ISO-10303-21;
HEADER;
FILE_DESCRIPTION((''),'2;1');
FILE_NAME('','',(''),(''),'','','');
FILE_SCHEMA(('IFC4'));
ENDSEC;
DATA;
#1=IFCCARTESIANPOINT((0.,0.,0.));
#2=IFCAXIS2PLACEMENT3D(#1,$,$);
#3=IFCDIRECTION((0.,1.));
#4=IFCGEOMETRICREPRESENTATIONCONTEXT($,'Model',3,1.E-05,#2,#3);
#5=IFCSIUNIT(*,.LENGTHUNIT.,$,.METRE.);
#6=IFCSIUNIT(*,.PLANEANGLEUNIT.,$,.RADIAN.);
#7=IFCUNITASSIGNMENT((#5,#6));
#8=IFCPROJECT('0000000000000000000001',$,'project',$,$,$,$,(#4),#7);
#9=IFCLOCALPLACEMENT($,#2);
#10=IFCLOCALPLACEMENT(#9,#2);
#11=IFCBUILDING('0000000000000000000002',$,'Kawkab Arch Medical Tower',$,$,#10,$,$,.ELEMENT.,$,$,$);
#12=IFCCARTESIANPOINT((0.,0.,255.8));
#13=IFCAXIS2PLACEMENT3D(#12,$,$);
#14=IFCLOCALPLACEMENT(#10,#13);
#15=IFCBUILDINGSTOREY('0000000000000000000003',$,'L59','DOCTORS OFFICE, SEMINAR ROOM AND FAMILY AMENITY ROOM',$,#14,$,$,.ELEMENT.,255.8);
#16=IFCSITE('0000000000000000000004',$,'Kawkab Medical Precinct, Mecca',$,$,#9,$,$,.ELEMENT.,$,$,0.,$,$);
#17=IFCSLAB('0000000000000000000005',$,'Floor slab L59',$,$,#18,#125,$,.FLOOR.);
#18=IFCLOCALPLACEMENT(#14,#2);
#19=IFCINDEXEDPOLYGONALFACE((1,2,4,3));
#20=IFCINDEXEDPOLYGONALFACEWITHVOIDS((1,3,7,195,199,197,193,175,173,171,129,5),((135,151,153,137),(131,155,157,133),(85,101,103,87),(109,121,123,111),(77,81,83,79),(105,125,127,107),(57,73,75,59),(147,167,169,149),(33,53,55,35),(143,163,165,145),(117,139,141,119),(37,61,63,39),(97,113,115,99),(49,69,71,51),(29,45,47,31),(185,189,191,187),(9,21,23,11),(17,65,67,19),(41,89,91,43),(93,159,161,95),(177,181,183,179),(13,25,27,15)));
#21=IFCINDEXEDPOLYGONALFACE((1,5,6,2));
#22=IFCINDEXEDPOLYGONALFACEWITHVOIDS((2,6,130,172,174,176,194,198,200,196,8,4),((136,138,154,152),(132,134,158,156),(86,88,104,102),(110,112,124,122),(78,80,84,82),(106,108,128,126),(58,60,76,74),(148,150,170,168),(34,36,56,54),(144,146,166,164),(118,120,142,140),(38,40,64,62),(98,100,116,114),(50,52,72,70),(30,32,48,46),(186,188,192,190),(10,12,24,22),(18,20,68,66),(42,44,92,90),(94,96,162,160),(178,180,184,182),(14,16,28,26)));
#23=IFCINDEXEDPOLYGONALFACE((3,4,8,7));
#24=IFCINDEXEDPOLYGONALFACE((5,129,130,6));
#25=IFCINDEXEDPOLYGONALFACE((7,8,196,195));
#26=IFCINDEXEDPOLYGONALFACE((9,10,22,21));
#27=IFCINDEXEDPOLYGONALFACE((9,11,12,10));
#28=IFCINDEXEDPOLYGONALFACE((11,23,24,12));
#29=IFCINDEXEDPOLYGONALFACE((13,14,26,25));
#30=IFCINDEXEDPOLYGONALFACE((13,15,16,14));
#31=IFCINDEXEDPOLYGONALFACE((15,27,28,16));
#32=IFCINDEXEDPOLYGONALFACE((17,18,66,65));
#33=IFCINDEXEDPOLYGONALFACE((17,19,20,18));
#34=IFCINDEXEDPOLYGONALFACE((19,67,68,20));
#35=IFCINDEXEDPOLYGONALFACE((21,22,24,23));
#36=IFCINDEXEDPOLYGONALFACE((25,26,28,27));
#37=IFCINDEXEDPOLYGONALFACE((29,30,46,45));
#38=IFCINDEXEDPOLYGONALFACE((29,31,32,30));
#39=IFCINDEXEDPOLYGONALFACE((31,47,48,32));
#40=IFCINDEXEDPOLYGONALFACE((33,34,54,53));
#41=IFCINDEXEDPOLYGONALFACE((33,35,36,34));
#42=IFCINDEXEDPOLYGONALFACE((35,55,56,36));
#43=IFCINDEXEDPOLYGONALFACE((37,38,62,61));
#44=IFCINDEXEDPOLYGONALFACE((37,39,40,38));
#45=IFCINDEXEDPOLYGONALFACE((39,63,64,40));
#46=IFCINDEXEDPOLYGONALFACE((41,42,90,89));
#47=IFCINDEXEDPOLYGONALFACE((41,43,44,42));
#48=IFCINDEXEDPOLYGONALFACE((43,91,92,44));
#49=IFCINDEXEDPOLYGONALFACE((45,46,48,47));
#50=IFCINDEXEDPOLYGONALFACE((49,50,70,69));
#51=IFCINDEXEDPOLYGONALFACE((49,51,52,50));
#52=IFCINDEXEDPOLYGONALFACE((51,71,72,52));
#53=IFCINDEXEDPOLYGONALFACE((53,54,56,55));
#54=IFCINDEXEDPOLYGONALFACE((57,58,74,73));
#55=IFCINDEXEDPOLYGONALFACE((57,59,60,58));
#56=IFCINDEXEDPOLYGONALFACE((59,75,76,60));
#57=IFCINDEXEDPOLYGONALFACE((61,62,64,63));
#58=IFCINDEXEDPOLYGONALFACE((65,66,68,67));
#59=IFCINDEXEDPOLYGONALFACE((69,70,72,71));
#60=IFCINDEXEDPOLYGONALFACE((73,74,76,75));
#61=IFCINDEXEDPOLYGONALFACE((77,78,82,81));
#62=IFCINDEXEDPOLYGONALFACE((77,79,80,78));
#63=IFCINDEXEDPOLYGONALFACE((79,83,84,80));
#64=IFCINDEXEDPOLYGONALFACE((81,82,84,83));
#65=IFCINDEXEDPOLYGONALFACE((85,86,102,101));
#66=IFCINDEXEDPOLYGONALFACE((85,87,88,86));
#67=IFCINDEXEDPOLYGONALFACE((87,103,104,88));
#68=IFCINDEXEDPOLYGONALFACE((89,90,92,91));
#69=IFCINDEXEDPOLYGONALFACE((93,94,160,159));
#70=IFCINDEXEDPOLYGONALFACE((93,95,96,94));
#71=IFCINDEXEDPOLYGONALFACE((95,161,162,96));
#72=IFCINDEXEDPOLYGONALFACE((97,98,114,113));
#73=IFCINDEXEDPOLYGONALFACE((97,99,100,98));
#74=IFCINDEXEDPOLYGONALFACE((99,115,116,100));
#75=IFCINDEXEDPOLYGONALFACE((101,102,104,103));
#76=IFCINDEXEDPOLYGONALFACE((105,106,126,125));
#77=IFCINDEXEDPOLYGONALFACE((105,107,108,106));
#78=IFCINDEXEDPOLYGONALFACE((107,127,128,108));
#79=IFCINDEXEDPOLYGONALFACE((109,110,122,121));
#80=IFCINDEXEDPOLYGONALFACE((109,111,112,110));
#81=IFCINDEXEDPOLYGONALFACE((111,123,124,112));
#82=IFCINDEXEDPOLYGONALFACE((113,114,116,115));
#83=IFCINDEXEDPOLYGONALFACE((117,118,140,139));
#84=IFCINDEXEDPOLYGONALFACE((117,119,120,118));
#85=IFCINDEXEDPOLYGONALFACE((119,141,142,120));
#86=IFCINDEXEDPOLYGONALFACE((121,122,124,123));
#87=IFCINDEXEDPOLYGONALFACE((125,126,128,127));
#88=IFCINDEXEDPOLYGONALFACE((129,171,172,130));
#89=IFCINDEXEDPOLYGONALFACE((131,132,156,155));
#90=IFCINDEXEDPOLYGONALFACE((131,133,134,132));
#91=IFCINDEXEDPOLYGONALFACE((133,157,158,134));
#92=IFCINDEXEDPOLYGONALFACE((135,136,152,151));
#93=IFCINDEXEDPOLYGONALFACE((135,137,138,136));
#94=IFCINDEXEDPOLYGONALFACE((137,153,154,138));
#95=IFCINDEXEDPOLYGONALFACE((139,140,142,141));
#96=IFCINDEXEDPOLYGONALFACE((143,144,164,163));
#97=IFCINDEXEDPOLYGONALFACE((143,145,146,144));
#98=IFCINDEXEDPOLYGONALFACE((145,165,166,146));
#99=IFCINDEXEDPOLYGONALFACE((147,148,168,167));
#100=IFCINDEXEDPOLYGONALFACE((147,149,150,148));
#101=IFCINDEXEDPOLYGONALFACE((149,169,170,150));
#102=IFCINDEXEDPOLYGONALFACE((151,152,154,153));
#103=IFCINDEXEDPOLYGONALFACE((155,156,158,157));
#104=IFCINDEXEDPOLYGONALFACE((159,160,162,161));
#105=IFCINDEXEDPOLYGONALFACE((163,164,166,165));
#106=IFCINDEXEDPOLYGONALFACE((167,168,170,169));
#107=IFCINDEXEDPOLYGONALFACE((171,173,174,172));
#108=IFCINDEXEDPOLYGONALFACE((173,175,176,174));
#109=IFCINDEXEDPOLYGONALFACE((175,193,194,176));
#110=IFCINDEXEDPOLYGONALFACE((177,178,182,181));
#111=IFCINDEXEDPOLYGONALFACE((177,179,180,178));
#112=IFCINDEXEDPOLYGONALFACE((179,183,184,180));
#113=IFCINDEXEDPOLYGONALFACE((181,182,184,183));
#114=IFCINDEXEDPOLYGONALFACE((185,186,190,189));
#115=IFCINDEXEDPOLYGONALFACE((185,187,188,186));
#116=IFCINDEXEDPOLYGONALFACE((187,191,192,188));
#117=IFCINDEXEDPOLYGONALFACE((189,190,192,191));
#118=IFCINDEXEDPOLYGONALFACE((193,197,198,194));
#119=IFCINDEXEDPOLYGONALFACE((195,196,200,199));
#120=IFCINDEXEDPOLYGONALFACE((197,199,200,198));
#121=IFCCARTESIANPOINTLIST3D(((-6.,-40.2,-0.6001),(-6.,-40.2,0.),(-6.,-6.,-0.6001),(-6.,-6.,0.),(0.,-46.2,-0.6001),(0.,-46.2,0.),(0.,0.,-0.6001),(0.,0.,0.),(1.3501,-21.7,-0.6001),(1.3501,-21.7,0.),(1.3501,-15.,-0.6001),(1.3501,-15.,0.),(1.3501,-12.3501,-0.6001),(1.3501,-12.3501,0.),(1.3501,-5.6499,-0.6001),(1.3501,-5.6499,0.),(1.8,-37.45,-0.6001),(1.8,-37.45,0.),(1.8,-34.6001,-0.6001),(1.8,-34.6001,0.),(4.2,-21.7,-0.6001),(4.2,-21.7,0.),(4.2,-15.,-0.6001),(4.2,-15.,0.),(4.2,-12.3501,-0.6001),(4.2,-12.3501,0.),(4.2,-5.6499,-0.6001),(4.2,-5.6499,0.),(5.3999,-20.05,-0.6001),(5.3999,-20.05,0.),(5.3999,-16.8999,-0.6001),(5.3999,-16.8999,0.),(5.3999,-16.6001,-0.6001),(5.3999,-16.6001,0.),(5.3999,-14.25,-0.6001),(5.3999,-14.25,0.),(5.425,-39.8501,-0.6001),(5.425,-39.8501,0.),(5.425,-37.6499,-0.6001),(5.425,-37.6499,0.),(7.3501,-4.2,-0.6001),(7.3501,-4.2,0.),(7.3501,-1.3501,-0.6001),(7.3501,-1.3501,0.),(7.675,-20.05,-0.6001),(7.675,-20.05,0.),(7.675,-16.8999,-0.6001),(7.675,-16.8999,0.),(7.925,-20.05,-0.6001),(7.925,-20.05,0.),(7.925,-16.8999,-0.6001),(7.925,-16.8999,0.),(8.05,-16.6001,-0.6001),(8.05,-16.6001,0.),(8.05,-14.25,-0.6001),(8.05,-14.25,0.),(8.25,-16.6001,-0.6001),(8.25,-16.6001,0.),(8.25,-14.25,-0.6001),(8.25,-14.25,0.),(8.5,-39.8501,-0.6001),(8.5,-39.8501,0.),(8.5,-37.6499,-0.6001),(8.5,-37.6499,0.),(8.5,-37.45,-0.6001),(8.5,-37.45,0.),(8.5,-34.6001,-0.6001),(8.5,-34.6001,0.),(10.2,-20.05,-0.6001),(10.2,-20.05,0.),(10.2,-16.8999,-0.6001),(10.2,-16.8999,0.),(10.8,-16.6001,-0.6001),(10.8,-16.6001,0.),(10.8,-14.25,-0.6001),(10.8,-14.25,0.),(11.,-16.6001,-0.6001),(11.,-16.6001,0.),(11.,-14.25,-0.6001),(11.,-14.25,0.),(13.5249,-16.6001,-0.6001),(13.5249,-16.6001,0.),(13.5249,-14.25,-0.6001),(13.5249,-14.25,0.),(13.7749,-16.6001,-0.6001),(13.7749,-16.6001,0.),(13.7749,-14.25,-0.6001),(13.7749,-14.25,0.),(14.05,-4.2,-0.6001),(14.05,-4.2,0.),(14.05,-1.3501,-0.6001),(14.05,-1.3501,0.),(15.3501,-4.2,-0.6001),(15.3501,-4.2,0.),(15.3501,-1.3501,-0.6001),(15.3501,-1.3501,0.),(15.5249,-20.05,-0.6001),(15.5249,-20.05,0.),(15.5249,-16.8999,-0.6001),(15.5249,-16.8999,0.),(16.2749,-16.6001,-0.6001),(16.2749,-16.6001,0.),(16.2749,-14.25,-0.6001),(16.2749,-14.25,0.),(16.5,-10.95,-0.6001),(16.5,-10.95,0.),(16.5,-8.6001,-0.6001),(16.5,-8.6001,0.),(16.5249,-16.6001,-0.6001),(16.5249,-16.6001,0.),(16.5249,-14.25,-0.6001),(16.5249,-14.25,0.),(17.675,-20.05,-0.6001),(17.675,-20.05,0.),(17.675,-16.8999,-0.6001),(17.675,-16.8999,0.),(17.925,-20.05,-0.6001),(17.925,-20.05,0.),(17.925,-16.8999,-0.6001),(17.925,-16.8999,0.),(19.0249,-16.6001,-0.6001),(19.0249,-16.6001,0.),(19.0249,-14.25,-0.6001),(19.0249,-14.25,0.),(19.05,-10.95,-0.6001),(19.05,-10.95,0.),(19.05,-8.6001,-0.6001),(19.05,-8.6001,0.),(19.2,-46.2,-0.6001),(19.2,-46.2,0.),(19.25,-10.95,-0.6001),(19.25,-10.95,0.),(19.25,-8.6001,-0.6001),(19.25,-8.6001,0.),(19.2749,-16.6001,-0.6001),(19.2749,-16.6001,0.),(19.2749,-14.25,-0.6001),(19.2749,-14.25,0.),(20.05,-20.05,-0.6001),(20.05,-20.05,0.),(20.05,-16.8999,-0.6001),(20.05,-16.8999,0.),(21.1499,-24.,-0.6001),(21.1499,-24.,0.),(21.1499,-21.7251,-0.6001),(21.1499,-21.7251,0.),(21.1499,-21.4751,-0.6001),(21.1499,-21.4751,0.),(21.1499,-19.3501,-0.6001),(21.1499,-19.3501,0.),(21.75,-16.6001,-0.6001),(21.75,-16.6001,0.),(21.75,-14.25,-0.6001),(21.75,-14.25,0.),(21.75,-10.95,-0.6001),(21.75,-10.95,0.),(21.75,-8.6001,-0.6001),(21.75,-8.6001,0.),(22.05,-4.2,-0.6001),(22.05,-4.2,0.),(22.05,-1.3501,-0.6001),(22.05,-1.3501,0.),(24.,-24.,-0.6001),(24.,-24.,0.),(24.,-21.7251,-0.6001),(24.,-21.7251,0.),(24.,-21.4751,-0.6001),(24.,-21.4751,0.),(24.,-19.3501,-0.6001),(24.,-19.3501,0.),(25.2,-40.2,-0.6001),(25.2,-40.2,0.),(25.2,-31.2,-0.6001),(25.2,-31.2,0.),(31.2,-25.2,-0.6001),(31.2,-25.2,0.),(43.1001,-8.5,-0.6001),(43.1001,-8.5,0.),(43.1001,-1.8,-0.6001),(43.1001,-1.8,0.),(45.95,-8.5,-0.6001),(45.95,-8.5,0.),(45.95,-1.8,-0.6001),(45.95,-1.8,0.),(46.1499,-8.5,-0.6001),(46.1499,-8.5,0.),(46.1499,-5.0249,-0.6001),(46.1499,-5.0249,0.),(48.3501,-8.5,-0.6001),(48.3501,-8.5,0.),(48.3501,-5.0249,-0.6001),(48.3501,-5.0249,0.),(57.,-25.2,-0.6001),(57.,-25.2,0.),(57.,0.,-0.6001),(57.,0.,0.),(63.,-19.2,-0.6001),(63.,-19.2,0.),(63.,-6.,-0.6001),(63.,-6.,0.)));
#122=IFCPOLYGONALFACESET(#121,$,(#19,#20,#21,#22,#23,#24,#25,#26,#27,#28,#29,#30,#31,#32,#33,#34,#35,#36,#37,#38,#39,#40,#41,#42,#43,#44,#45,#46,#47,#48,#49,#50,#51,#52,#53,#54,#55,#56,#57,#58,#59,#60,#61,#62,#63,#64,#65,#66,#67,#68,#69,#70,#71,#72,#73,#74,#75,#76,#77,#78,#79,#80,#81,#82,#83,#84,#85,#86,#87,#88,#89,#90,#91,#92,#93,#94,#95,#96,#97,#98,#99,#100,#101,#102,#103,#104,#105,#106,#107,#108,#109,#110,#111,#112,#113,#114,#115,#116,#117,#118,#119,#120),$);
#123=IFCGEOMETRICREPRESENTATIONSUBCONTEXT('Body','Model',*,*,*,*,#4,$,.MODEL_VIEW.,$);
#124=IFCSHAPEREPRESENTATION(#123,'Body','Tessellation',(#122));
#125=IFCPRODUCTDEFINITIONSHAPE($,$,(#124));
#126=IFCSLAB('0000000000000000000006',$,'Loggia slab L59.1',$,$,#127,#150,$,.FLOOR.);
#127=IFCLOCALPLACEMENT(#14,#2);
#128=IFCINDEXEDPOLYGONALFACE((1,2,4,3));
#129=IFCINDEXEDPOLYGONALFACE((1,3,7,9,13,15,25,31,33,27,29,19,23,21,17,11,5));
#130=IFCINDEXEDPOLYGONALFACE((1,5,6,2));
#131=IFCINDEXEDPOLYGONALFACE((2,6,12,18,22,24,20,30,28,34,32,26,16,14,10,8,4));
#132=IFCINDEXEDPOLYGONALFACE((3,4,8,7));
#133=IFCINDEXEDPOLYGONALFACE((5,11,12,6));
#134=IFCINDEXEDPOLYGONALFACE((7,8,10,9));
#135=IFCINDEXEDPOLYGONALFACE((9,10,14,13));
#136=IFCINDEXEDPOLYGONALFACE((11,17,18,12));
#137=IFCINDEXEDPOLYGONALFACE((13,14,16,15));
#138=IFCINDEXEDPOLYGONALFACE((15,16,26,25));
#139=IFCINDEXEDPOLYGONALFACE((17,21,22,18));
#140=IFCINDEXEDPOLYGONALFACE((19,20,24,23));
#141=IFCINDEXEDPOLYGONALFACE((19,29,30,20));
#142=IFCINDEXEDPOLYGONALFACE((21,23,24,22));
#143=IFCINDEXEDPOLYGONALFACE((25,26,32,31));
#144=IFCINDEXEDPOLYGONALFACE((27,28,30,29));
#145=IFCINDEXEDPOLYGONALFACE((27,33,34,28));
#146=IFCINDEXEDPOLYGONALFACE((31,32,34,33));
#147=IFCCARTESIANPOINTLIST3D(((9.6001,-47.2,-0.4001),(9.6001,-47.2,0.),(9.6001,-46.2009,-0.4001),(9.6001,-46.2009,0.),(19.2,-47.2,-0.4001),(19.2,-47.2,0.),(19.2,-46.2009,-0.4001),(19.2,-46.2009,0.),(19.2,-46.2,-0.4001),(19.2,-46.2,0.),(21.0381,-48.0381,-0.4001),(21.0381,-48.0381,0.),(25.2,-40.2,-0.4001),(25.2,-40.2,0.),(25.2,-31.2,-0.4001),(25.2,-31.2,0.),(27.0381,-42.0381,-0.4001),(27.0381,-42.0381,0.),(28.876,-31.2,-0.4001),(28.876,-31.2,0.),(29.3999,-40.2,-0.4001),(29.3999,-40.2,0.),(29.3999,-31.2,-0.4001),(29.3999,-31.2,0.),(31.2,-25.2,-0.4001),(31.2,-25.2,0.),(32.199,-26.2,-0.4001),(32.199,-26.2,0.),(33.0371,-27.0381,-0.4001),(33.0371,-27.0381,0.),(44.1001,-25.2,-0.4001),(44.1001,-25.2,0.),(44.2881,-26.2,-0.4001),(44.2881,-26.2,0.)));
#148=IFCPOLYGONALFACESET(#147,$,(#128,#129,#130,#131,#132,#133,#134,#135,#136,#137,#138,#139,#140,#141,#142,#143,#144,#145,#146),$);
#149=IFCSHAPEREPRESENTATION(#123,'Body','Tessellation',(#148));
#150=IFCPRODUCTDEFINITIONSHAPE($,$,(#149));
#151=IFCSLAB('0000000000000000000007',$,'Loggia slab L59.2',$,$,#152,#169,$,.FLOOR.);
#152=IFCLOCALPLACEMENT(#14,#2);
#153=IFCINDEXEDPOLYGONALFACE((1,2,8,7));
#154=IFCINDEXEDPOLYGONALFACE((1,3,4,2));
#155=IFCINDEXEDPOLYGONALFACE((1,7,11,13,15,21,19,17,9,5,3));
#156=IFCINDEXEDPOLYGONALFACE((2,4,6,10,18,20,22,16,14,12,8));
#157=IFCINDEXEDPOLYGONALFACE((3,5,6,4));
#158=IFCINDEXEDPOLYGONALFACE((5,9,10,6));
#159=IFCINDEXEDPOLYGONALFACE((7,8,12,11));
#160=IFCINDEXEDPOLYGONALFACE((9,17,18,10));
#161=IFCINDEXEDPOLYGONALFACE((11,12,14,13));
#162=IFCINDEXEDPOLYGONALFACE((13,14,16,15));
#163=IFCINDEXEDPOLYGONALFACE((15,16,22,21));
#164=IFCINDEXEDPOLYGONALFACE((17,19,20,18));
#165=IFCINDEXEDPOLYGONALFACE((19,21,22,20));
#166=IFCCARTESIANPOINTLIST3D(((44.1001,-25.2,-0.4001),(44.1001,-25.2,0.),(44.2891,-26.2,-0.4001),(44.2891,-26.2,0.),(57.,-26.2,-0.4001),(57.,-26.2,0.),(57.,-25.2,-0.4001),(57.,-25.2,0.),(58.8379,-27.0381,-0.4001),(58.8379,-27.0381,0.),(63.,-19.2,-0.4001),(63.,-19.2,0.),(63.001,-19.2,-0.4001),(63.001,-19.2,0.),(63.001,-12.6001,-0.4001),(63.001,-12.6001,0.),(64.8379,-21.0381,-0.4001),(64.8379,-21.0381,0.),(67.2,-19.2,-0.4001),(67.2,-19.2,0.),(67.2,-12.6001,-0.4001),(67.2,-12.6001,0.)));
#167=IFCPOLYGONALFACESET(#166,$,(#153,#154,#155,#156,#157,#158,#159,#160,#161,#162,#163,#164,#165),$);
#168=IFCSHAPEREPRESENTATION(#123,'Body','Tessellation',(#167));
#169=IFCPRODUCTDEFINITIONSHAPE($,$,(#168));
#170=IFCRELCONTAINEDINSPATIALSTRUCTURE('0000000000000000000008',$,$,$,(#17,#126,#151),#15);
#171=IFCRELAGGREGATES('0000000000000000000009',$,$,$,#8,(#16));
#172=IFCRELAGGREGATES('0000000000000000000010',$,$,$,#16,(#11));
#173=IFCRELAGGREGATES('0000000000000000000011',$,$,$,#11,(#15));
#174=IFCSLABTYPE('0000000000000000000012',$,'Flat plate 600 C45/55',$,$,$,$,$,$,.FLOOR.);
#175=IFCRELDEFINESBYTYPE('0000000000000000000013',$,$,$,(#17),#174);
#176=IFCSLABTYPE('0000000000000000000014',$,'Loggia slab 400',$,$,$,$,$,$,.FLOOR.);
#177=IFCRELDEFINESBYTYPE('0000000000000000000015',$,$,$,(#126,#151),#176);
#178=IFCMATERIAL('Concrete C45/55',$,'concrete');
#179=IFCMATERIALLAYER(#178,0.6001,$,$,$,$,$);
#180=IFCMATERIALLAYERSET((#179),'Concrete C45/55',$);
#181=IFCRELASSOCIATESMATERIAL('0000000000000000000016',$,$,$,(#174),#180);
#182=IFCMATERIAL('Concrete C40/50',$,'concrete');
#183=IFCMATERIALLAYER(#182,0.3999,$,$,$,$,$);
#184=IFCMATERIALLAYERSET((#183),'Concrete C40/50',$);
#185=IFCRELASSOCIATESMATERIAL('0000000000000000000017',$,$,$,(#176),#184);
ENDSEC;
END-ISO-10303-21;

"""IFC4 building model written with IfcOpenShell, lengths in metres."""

from ifc_helpers import new_model, si_unit, direction, frame, origin, place, context, subcontext, project, spatial, polyline, outline, extrude, material, layer, layer_set, type_object, element, save


model = new_model("IFC4")

# Units and contexts
model_context = context("Model", 3, precision=1e-05, world=origin(), true_north=direction((0.0, 1.0)))
body_context = subcontext(model_context, "Body", "Model", "MODEL_VIEW")
ifc_project = project(units=[si_unit("LENGTHUNIT", "METRE"), si_unit("PLANEANGLEUNIT", "RADIAN")], contexts=[model_context])

# Site, building, storey
site_placement = place(None, origin())
site = spatial("IfcSite", under=ifc_project, at=site_placement, Name="Kawkab Medical Precinct, Mecca", CompositionType="ELEMENT", RefElevation=0.0)
building_placement = place(site_placement, origin())
building = spatial("IfcBuilding", under=site, at=building_placement, Name="Kawkab Arch Medical Tower", CompositionType="ELEMENT")
storey_placement = place(building_placement, frame((0.0, 0.0, 255.8)))
storey = spatial("IfcBuildingStorey", under=building, at=storey_placement, Name="L59", Description="DOCTORS OFFICE, SEMINAR ROOM AND FAMILY AMENITY ROOM", CompositionType="ELEMENT", Elevation=255.8)

# Slabs
ifc_material_1 = material(Name="Concrete C45/55", Category="concrete")
ifc_layer_1 = layer(ifc_material_1, 0.6001)
ifc_layer_set_1 = layer_set([ifc_layer_1], Name="Concrete C45/55")
slab_type_1 = type_object("IfcSlabType", Name="Flat plate 600 C45/55", PredefinedType="FLOOR", material=ifc_layer_set_1)
slab_1_placement = place(storey_placement, frame((0.0, 0.0, -0.6001)))
element("IfcSlab", 1, at=slab_1_placement, inside=storey, type_object=slab_type_1, Name="Floor slab L59", PredefinedType="FLOOR", context=body_context, shape_type="SweptSolid", body=[
    extrude(outline(polyline([(0.0, 0.0), (57.0, 0.0), (63.0, -6.0), (63.0, -19.2), (57.0, -25.2), (31.2, -25.2), (25.2, -31.2), (25.2, -40.2), (19.2, -46.2), (0.0, -46.2), (-6.0, -40.2), (-6.0, -6.0), (0.0, 0.0)]), holes=[polyline([(5.425, -37.6499), (5.425, -39.8501), (8.5, -39.8501), (8.5, -37.6499), (5.425, -37.6499)]), polyline([(8.5, -37.45), (8.5, -34.6001), (1.8, -34.6001), (1.8, -37.45), (8.5, -37.45)]), polyline([(5.3999, -20.05), (7.675, -20.05), (7.675, -16.8999), (5.3999, -16.8999), (5.3999, -20.05)]), polyline([(10.2, -20.05), (10.2, -16.8999), (7.925, -16.8999), (7.925, -20.05), (10.2, -20.05)]), polyline([(4.2, -21.7), (4.2, -15.0), (1.3501, -15.0), (1.3501, -21.7), (4.2, -21.7)]), polyline([(5.3999, -16.6001), (8.05, -16.6001), (8.05, -14.25), (5.3999, -14.25), (5.3999, -16.6001)]), polyline([(8.25, -16.6001), (10.8, -16.6001), (10.8, -14.25), (8.25, -14.25), (8.25, -16.6001)]), polyline([(11.0, -14.25), (11.0, -16.6001), (13.5249, -16.6001), (13.5249, -14.25), (11.0, -14.25)]), polyline([(13.7749, -16.6001), (16.2749, -16.6001), (16.2749, -14.25), (13.7749, -14.25), (13.7749, -16.6001)]), polyline([(4.2, -12.3501), (4.2, -5.6499), (1.3501, -5.6499), (1.3501, -12.3501), (4.2, -12.3501)]), polyline([(7.3501, -4.2), (14.05, -4.2), (14.05, -1.3501), (7.3501, -1.3501), (7.3501, -4.2)]), polyline([(24.0, -21.7251), (21.1499, -21.7251), (21.1499, -24.0), (24.0, -24.0), (24.0, -21.7251)]), polyline([(24.0, -19.3501), (21.1499, -19.3501), (21.1499, -21.4751), (24.0, -21.4751), (24.0, -19.3501)]), polyline([(17.675, -16.8999), (15.5249, -16.8999), (15.5249, -20.05), (17.675, -20.05), (17.675, -16.8999)]), polyline([(20.05, -20.05), (20.05, -16.8999), (17.925, -16.8999), (17.925, -20.05), (20.05, -20.05)]), polyline([(19.0249, -16.6001), (19.0249, -14.25), (16.5249, -14.25), (16.5249, -16.6001), (19.0249, -16.6001)]), polyline([(21.75, -16.6001), (21.75, -14.25), (19.2749, -14.25), (19.2749, -16.6001), (21.75, -16.6001)]), polyline([(19.05, -8.6001), (16.5, -8.6001), (16.5, -10.95), (19.05, -10.95), (19.05, -8.6001)]), polyline([(21.75, -10.95), (21.75, -8.6001), (19.25, -8.6001), (19.25, -10.95), (21.75, -10.95)]), polyline([(46.1499, -8.5), (48.3501, -8.5), (48.3501, -5.0249), (46.1499, -5.0249), (46.1499, -8.5)]), polyline([(43.1001, -1.8), (43.1001, -8.5), (45.95, -8.5), (45.95, -1.8), (43.1001, -1.8)]), polyline([(22.05, -1.3501), (15.3501, -1.3501), (15.3501, -4.2), (22.05, -4.2), (22.05, -1.3501)])]), origin(), (0.0, 0.0, 1.0), 0.6001),
])
ifc_material_2 = material(Name="Concrete C40/50", Category="concrete")
ifc_layer_2 = layer(ifc_material_2, 0.3999)
ifc_layer_set_2 = layer_set([ifc_layer_2], Name="Concrete C40/50")
slab_type_2 = type_object("IfcSlabType", Name="Loggia slab 400", PredefinedType="FLOOR", material=ifc_layer_set_2)
placement_1 = place(storey_placement, frame((0.0, 0.0, -0.4001)))
element("IfcSlab", 2, at=placement_1, inside=storey, type_object=slab_type_2, Name="Loggia slab L59.1", PredefinedType="FLOOR", context=body_context, shape_type="SweptSolid", body=[
    extrude(outline(polyline([(9.6001, -46.2009), (19.2, -46.2009), (19.2, -46.2), (25.2, -40.2), (25.2, -31.2), (31.2, -25.2), (44.1001, -25.2), (44.2881, -26.2), (32.199, -26.2), (33.0371, -27.0381), (28.876, -31.2), (29.3999, -31.2), (29.3999, -40.2), (27.0381, -42.0381), (21.0381, -48.0381), (19.2, -47.2), (9.6001, -47.2), (9.6001, -46.2009)])), origin(), (0.0, 0.0, 1.0), 0.4001),
])
element("IfcSlab", 3, at=placement_1, inside=storey, type_object=slab_type_2, Name="Loggia slab L59.2", PredefinedType="FLOOR", context=body_context, shape_type="SweptSolid", body=[
    extrude(outline(polyline([(64.8379, -21.0381), (58.8379, -27.0381), (57.0, -26.2), (44.2891, -26.2), (44.1001, -25.2), (57.0, -25.2), (63.0, -19.2), (63.001, -19.2), (63.001, -12.6001), (67.2, -12.6001), (67.2, -19.2), (64.8379, -21.0381)])), origin(), (0.0, 0.0, 1.0), 0.4001),
])

save(model, "model.ifc")
